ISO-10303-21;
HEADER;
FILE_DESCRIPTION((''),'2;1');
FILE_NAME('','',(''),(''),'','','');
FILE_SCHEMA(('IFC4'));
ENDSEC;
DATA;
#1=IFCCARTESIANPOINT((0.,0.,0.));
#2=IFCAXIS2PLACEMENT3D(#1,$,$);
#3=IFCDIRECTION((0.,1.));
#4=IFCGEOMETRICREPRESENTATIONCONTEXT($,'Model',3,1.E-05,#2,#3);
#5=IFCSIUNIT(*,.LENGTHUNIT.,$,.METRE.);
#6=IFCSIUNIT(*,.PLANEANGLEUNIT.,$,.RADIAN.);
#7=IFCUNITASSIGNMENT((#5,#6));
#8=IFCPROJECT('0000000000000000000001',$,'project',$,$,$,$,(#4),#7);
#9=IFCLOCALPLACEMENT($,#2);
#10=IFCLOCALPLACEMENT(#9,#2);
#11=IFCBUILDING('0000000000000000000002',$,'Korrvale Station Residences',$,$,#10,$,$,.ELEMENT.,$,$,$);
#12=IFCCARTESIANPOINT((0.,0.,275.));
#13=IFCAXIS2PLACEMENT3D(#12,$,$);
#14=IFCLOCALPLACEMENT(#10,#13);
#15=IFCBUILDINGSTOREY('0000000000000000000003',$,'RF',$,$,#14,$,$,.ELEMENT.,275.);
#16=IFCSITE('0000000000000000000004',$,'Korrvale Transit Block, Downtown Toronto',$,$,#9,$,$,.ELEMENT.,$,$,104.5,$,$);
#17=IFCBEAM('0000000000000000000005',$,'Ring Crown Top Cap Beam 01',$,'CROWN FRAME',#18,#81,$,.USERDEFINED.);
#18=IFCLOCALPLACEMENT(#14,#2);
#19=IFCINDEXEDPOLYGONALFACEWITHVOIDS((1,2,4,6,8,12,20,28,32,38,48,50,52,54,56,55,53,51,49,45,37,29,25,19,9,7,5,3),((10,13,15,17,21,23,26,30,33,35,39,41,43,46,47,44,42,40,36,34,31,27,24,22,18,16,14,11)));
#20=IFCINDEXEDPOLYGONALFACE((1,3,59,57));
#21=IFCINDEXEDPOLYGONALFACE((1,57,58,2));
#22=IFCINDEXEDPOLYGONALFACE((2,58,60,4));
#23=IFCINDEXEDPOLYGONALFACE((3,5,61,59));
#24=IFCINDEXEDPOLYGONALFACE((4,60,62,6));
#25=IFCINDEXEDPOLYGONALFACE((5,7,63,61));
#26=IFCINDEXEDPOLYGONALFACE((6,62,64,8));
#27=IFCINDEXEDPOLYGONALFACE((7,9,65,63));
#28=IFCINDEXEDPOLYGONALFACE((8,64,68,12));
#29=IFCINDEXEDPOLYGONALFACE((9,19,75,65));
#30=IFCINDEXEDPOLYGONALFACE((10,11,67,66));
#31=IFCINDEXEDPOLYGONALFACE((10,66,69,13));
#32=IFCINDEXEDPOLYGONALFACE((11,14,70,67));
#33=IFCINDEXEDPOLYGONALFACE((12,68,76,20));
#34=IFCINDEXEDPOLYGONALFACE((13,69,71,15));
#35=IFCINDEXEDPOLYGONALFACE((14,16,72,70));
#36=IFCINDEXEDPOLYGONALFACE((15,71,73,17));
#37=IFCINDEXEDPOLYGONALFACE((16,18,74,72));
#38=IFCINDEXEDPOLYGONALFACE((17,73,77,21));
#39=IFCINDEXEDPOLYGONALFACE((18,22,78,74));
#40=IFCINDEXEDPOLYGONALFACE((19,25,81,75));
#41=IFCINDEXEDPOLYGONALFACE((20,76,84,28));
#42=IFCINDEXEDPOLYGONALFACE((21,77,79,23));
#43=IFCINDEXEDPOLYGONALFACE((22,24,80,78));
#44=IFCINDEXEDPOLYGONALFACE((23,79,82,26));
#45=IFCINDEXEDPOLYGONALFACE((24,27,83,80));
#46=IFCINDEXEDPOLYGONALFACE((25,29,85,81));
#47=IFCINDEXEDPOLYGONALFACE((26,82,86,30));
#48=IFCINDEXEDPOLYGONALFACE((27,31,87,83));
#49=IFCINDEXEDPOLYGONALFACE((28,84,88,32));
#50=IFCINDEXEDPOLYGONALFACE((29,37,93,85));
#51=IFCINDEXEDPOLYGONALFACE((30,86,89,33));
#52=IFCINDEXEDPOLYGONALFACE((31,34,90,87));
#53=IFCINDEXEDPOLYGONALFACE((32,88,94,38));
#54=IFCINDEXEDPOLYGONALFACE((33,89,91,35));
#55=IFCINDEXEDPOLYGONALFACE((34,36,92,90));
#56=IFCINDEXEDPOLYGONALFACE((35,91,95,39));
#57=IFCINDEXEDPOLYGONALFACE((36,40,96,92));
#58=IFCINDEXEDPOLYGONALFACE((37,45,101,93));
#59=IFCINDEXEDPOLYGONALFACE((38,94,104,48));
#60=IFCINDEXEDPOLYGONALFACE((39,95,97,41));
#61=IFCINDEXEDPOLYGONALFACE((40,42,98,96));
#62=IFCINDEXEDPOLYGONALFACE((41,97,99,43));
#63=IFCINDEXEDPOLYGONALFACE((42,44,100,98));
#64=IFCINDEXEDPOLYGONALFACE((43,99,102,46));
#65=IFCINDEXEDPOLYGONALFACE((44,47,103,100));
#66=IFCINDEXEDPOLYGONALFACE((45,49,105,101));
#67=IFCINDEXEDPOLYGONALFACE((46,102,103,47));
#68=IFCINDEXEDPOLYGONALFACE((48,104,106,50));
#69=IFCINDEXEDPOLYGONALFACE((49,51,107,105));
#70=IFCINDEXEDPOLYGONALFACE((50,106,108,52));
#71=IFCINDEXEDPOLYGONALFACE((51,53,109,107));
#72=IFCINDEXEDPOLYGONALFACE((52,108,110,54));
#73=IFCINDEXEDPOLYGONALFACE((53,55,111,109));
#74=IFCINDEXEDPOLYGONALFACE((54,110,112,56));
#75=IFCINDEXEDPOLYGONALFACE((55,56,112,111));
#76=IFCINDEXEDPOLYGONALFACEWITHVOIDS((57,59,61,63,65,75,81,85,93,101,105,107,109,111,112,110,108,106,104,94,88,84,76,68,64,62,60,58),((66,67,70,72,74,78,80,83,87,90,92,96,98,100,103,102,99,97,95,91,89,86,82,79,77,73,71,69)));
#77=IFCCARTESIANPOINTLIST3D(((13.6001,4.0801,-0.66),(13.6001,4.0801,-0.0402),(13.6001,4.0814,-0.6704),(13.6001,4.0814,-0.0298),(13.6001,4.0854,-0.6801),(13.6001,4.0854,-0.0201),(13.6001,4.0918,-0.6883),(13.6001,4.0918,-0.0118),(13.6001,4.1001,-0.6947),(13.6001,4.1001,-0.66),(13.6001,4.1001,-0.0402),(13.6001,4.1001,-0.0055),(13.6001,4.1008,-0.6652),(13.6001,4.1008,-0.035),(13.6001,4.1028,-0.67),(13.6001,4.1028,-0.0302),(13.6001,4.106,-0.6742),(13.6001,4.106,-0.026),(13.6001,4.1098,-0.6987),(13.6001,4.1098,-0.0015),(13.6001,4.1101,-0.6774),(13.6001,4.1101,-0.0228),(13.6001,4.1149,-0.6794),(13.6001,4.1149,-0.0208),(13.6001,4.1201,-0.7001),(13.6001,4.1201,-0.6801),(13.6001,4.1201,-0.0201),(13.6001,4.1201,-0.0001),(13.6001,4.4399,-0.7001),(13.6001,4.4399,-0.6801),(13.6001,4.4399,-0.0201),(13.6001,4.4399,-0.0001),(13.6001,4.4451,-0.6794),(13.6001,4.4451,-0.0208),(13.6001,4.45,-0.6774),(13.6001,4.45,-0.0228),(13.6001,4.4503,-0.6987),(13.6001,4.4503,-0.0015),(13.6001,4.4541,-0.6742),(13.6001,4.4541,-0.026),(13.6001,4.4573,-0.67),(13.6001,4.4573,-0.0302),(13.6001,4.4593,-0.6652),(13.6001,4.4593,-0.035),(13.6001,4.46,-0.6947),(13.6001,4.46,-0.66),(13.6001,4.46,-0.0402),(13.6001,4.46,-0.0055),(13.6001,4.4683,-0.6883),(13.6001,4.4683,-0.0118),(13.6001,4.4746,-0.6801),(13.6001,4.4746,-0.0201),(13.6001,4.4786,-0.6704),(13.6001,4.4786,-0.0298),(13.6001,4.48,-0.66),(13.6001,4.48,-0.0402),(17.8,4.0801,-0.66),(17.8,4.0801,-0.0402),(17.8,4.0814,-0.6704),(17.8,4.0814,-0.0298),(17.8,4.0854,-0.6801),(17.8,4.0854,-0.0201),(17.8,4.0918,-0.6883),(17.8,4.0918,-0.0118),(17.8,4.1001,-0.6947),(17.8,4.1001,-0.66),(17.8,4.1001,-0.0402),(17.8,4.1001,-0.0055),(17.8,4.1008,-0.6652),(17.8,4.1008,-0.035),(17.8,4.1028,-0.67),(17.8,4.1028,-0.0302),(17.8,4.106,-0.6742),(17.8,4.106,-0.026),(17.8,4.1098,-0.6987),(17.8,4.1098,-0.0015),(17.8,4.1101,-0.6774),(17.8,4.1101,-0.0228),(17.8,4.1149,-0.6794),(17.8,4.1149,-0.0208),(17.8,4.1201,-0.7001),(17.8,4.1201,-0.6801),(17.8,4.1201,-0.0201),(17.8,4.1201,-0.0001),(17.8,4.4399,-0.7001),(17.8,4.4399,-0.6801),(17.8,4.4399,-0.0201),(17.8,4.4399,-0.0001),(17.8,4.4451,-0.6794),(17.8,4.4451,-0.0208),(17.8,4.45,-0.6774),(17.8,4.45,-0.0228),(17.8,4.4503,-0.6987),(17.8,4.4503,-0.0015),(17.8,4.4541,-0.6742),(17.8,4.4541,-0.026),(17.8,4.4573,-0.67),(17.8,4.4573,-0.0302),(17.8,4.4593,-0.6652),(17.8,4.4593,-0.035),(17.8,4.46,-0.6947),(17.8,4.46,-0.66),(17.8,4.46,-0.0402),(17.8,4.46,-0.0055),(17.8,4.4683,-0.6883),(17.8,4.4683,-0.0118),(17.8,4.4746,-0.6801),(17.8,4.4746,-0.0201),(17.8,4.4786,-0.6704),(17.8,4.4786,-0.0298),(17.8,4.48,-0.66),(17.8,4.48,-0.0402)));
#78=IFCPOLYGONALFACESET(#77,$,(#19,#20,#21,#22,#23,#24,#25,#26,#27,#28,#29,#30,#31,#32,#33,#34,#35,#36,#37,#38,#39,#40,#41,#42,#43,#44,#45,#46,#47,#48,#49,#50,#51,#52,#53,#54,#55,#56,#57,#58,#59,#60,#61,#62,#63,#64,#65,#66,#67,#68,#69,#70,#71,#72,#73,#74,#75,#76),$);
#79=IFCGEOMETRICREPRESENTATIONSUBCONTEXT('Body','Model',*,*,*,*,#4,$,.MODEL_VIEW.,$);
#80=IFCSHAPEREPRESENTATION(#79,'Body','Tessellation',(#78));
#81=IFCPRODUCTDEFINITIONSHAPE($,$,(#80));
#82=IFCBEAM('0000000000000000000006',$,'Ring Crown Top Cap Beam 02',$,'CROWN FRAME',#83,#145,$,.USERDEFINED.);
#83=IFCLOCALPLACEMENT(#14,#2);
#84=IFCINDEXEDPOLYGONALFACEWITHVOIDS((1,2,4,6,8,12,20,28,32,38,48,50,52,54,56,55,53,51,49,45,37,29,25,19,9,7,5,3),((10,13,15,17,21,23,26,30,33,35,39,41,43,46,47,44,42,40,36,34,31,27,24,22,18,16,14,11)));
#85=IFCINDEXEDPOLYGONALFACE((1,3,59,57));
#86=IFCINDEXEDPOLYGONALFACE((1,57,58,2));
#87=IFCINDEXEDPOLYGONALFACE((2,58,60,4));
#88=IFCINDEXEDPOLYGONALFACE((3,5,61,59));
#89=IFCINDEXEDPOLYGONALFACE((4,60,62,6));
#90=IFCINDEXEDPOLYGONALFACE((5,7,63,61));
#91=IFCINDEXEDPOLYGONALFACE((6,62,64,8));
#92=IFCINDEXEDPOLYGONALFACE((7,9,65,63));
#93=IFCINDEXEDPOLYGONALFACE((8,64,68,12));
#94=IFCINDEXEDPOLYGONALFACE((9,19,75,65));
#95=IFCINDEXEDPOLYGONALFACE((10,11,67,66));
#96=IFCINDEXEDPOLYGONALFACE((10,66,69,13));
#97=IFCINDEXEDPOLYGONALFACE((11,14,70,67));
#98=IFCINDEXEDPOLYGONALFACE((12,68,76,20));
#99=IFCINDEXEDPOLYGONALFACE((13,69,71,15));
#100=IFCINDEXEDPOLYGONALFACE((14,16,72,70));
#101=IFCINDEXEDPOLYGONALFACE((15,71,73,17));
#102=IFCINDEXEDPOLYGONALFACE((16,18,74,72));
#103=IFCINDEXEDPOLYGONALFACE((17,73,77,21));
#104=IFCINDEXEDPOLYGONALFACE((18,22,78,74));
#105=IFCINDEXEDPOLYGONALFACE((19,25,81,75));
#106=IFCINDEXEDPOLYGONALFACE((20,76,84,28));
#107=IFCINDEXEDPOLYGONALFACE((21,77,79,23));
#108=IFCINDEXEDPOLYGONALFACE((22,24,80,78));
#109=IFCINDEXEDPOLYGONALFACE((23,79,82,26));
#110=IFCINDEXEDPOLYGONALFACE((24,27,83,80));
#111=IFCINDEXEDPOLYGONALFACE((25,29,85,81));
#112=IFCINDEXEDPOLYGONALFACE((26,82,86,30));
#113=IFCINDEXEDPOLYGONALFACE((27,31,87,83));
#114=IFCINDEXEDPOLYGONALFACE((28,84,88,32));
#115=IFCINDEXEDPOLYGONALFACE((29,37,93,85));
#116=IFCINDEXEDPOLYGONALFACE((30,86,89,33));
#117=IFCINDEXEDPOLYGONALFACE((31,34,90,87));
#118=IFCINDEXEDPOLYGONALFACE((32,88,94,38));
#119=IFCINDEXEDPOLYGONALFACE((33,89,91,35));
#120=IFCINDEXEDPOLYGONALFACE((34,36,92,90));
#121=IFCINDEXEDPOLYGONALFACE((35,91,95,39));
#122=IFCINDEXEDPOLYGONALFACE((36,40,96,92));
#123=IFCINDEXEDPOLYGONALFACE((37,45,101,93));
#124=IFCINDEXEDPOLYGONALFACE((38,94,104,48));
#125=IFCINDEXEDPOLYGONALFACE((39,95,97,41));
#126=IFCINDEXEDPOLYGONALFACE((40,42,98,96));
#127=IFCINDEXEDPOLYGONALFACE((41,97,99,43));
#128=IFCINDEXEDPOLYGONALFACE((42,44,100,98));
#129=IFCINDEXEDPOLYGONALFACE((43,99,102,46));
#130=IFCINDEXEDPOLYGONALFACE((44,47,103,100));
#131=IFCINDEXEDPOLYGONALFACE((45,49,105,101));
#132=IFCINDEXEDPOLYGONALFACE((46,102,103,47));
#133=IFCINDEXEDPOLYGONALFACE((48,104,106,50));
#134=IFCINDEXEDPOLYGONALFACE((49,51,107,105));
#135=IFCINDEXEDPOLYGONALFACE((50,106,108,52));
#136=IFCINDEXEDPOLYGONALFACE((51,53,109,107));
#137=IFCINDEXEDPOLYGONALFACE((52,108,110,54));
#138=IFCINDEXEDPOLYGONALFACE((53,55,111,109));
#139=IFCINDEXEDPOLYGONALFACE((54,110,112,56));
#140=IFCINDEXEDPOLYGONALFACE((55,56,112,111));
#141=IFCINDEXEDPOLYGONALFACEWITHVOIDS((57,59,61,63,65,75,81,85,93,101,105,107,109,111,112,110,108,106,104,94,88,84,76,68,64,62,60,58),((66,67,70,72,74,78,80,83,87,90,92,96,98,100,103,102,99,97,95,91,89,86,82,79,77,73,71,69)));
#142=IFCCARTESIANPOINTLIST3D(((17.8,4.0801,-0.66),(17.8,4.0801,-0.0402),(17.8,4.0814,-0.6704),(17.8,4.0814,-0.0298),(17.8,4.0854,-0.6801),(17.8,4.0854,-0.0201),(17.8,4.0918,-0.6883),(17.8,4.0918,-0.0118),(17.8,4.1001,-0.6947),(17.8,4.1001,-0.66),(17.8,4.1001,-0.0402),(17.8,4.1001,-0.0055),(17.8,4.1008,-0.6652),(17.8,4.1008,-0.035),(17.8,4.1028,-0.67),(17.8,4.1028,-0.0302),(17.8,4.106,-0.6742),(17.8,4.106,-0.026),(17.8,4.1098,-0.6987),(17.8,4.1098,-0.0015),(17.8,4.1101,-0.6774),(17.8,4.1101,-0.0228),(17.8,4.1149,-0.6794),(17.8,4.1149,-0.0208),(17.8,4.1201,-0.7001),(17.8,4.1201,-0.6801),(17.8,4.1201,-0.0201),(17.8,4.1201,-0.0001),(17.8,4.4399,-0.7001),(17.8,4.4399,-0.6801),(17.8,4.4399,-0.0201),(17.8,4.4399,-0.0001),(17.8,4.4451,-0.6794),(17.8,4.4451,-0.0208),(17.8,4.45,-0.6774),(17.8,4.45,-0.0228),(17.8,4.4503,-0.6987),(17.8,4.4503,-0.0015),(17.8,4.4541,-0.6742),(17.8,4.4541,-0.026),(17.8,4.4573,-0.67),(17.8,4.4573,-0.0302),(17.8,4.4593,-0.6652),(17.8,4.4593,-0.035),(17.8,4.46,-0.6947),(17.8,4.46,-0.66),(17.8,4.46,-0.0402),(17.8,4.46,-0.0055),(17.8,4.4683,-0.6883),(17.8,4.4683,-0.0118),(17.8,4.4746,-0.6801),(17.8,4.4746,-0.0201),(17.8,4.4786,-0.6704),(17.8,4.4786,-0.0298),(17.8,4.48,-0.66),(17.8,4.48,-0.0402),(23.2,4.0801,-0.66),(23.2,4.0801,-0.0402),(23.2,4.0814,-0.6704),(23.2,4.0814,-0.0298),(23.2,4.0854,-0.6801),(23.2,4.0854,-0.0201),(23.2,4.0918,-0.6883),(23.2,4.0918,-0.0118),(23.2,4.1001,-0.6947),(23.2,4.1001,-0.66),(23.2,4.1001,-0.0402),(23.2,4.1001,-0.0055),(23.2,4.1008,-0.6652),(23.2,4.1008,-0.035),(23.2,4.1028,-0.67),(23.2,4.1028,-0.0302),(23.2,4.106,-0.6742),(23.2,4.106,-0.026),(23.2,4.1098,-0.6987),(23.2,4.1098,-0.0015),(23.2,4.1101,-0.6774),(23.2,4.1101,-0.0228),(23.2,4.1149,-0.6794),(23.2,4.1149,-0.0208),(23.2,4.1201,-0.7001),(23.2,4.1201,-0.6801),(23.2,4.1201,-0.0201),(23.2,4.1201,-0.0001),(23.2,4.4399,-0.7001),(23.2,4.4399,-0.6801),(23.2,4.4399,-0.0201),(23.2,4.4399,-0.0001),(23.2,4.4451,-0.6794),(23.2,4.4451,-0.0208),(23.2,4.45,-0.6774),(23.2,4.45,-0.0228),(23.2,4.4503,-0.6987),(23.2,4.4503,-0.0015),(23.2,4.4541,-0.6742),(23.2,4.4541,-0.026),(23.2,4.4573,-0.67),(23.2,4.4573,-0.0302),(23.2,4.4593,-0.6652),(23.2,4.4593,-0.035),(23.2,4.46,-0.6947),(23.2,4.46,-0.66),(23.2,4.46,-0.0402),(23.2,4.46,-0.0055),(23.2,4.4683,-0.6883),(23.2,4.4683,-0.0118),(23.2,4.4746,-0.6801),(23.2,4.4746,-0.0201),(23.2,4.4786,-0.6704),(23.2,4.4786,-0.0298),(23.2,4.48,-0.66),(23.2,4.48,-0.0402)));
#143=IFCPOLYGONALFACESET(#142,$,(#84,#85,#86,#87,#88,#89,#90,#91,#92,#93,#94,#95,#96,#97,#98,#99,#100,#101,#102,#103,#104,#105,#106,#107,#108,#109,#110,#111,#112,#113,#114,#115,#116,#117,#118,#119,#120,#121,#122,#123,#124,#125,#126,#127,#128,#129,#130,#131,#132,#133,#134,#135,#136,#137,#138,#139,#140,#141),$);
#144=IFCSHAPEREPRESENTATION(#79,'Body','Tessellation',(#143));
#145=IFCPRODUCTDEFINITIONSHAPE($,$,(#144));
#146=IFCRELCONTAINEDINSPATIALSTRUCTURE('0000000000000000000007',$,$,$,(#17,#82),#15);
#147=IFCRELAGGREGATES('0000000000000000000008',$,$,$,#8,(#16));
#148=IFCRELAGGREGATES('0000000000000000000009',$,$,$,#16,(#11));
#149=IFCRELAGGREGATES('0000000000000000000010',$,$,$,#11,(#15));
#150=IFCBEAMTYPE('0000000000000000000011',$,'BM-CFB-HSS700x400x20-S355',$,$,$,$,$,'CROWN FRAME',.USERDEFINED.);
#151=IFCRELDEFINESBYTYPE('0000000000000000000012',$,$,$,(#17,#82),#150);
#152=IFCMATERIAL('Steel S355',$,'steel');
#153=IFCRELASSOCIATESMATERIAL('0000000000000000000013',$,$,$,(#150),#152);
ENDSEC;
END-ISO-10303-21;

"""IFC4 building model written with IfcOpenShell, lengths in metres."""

from ifc_helpers import new_model, si_unit, direction, frame, origin, origin_2d, place, context, subcontext, project, spatial, hollow_rectangle, extrude, material, material_profile, profile_set, type_object, element, save


model = new_model("IFC4")

# Units and contexts
model_context = context("Model", 3, precision=1e-05, world=origin(), true_north=direction((0.0, 1.0)))
body_context = subcontext(model_context, "Body", "Model", "MODEL_VIEW")
ifc_project = project(units=[si_unit("LENGTHUNIT", "METRE"), si_unit("PLANEANGLEUNIT", "RADIAN")], contexts=[model_context])

# Site, building, storey
site_placement = place(None, origin())
site = spatial("IfcSite", under=ifc_project, at=site_placement, Name="Korrvale Transit Block, Downtown Toronto", CompositionType="ELEMENT", RefElevation=104.5)
building_placement = place(site_placement, origin())
building = spatial("IfcBuilding", under=site, at=building_placement, Name="Korrvale Station Residences", CompositionType="ELEMENT")
storey_placement = place(building_placement, frame((0.0, 0.0, 275.0)))
storey = spatial("IfcBuildingStorey", under=building, at=storey_placement, Name="RF", CompositionType="ELEMENT", Elevation=275.0)

# Beams
ifc_material_1 = material(Name="Steel S355", Category="steel")
ifc_material_profile = material_profile(ifc_material_1, hollow_rectangle(XDim=0.3999, YDim=0.7, WallThickness=0.02, InnerFilletRadius=0.02, OuterFilletRadius=0.04, at=origin_2d()), Name="HSS700x400x20")
ifc_profile_set = profile_set([ifc_material_profile], Name="Steel S355")
beam_type = type_object("IfcBeamType", Name="BM-CFB-HSS700x400x20-S355", ElementType="CROWN FRAME", PredefinedType="USERDEFINED", material=ifc_profile_set)
beam_1_placement = place(storey_placement, frame((13.6001, 4.28, -0.3501), z_axis=(1.0, 0.0, 0.0), x_axis=(0.0, 1.0, 0.0)))
element("IfcBeam", 1, at=beam_1_placement, inside=storey, type_object=beam_type, Name="Ring Crown Top Cap Beam 01", ObjectType="CROWN FRAME", PredefinedType="USERDEFINED", context=body_context, shape_type="SweptSolid", body=[
    extrude(hollow_rectangle(XDim=0.3999, YDim=0.7, WallThickness=0.02, InnerFilletRadius=0.02, OuterFilletRadius=0.04, at=origin_2d()), origin(), (0.0, 0.0, 1.0), 4.2),
])
beam_2_placement = place(storey_placement, frame((17.8, 4.28, -0.3501), z_axis=(1.0, 0.0, 0.0), x_axis=(0.0, 1.0, 0.0)))
element("IfcBeam", 2, at=beam_2_placement, inside=storey, type_object=beam_type, Name="Ring Crown Top Cap Beam 02", ObjectType="CROWN FRAME", PredefinedType="USERDEFINED", context=body_context, shape_type="SweptSolid", body=[
    extrude(hollow_rectangle(XDim=0.3999, YDim=0.7, WallThickness=0.02, InnerFilletRadius=0.02, OuterFilletRadius=0.04, at=origin_2d()), origin(), (0.0, 0.0, 1.0), 5.3999),
])

save(model, "model.ifc")
